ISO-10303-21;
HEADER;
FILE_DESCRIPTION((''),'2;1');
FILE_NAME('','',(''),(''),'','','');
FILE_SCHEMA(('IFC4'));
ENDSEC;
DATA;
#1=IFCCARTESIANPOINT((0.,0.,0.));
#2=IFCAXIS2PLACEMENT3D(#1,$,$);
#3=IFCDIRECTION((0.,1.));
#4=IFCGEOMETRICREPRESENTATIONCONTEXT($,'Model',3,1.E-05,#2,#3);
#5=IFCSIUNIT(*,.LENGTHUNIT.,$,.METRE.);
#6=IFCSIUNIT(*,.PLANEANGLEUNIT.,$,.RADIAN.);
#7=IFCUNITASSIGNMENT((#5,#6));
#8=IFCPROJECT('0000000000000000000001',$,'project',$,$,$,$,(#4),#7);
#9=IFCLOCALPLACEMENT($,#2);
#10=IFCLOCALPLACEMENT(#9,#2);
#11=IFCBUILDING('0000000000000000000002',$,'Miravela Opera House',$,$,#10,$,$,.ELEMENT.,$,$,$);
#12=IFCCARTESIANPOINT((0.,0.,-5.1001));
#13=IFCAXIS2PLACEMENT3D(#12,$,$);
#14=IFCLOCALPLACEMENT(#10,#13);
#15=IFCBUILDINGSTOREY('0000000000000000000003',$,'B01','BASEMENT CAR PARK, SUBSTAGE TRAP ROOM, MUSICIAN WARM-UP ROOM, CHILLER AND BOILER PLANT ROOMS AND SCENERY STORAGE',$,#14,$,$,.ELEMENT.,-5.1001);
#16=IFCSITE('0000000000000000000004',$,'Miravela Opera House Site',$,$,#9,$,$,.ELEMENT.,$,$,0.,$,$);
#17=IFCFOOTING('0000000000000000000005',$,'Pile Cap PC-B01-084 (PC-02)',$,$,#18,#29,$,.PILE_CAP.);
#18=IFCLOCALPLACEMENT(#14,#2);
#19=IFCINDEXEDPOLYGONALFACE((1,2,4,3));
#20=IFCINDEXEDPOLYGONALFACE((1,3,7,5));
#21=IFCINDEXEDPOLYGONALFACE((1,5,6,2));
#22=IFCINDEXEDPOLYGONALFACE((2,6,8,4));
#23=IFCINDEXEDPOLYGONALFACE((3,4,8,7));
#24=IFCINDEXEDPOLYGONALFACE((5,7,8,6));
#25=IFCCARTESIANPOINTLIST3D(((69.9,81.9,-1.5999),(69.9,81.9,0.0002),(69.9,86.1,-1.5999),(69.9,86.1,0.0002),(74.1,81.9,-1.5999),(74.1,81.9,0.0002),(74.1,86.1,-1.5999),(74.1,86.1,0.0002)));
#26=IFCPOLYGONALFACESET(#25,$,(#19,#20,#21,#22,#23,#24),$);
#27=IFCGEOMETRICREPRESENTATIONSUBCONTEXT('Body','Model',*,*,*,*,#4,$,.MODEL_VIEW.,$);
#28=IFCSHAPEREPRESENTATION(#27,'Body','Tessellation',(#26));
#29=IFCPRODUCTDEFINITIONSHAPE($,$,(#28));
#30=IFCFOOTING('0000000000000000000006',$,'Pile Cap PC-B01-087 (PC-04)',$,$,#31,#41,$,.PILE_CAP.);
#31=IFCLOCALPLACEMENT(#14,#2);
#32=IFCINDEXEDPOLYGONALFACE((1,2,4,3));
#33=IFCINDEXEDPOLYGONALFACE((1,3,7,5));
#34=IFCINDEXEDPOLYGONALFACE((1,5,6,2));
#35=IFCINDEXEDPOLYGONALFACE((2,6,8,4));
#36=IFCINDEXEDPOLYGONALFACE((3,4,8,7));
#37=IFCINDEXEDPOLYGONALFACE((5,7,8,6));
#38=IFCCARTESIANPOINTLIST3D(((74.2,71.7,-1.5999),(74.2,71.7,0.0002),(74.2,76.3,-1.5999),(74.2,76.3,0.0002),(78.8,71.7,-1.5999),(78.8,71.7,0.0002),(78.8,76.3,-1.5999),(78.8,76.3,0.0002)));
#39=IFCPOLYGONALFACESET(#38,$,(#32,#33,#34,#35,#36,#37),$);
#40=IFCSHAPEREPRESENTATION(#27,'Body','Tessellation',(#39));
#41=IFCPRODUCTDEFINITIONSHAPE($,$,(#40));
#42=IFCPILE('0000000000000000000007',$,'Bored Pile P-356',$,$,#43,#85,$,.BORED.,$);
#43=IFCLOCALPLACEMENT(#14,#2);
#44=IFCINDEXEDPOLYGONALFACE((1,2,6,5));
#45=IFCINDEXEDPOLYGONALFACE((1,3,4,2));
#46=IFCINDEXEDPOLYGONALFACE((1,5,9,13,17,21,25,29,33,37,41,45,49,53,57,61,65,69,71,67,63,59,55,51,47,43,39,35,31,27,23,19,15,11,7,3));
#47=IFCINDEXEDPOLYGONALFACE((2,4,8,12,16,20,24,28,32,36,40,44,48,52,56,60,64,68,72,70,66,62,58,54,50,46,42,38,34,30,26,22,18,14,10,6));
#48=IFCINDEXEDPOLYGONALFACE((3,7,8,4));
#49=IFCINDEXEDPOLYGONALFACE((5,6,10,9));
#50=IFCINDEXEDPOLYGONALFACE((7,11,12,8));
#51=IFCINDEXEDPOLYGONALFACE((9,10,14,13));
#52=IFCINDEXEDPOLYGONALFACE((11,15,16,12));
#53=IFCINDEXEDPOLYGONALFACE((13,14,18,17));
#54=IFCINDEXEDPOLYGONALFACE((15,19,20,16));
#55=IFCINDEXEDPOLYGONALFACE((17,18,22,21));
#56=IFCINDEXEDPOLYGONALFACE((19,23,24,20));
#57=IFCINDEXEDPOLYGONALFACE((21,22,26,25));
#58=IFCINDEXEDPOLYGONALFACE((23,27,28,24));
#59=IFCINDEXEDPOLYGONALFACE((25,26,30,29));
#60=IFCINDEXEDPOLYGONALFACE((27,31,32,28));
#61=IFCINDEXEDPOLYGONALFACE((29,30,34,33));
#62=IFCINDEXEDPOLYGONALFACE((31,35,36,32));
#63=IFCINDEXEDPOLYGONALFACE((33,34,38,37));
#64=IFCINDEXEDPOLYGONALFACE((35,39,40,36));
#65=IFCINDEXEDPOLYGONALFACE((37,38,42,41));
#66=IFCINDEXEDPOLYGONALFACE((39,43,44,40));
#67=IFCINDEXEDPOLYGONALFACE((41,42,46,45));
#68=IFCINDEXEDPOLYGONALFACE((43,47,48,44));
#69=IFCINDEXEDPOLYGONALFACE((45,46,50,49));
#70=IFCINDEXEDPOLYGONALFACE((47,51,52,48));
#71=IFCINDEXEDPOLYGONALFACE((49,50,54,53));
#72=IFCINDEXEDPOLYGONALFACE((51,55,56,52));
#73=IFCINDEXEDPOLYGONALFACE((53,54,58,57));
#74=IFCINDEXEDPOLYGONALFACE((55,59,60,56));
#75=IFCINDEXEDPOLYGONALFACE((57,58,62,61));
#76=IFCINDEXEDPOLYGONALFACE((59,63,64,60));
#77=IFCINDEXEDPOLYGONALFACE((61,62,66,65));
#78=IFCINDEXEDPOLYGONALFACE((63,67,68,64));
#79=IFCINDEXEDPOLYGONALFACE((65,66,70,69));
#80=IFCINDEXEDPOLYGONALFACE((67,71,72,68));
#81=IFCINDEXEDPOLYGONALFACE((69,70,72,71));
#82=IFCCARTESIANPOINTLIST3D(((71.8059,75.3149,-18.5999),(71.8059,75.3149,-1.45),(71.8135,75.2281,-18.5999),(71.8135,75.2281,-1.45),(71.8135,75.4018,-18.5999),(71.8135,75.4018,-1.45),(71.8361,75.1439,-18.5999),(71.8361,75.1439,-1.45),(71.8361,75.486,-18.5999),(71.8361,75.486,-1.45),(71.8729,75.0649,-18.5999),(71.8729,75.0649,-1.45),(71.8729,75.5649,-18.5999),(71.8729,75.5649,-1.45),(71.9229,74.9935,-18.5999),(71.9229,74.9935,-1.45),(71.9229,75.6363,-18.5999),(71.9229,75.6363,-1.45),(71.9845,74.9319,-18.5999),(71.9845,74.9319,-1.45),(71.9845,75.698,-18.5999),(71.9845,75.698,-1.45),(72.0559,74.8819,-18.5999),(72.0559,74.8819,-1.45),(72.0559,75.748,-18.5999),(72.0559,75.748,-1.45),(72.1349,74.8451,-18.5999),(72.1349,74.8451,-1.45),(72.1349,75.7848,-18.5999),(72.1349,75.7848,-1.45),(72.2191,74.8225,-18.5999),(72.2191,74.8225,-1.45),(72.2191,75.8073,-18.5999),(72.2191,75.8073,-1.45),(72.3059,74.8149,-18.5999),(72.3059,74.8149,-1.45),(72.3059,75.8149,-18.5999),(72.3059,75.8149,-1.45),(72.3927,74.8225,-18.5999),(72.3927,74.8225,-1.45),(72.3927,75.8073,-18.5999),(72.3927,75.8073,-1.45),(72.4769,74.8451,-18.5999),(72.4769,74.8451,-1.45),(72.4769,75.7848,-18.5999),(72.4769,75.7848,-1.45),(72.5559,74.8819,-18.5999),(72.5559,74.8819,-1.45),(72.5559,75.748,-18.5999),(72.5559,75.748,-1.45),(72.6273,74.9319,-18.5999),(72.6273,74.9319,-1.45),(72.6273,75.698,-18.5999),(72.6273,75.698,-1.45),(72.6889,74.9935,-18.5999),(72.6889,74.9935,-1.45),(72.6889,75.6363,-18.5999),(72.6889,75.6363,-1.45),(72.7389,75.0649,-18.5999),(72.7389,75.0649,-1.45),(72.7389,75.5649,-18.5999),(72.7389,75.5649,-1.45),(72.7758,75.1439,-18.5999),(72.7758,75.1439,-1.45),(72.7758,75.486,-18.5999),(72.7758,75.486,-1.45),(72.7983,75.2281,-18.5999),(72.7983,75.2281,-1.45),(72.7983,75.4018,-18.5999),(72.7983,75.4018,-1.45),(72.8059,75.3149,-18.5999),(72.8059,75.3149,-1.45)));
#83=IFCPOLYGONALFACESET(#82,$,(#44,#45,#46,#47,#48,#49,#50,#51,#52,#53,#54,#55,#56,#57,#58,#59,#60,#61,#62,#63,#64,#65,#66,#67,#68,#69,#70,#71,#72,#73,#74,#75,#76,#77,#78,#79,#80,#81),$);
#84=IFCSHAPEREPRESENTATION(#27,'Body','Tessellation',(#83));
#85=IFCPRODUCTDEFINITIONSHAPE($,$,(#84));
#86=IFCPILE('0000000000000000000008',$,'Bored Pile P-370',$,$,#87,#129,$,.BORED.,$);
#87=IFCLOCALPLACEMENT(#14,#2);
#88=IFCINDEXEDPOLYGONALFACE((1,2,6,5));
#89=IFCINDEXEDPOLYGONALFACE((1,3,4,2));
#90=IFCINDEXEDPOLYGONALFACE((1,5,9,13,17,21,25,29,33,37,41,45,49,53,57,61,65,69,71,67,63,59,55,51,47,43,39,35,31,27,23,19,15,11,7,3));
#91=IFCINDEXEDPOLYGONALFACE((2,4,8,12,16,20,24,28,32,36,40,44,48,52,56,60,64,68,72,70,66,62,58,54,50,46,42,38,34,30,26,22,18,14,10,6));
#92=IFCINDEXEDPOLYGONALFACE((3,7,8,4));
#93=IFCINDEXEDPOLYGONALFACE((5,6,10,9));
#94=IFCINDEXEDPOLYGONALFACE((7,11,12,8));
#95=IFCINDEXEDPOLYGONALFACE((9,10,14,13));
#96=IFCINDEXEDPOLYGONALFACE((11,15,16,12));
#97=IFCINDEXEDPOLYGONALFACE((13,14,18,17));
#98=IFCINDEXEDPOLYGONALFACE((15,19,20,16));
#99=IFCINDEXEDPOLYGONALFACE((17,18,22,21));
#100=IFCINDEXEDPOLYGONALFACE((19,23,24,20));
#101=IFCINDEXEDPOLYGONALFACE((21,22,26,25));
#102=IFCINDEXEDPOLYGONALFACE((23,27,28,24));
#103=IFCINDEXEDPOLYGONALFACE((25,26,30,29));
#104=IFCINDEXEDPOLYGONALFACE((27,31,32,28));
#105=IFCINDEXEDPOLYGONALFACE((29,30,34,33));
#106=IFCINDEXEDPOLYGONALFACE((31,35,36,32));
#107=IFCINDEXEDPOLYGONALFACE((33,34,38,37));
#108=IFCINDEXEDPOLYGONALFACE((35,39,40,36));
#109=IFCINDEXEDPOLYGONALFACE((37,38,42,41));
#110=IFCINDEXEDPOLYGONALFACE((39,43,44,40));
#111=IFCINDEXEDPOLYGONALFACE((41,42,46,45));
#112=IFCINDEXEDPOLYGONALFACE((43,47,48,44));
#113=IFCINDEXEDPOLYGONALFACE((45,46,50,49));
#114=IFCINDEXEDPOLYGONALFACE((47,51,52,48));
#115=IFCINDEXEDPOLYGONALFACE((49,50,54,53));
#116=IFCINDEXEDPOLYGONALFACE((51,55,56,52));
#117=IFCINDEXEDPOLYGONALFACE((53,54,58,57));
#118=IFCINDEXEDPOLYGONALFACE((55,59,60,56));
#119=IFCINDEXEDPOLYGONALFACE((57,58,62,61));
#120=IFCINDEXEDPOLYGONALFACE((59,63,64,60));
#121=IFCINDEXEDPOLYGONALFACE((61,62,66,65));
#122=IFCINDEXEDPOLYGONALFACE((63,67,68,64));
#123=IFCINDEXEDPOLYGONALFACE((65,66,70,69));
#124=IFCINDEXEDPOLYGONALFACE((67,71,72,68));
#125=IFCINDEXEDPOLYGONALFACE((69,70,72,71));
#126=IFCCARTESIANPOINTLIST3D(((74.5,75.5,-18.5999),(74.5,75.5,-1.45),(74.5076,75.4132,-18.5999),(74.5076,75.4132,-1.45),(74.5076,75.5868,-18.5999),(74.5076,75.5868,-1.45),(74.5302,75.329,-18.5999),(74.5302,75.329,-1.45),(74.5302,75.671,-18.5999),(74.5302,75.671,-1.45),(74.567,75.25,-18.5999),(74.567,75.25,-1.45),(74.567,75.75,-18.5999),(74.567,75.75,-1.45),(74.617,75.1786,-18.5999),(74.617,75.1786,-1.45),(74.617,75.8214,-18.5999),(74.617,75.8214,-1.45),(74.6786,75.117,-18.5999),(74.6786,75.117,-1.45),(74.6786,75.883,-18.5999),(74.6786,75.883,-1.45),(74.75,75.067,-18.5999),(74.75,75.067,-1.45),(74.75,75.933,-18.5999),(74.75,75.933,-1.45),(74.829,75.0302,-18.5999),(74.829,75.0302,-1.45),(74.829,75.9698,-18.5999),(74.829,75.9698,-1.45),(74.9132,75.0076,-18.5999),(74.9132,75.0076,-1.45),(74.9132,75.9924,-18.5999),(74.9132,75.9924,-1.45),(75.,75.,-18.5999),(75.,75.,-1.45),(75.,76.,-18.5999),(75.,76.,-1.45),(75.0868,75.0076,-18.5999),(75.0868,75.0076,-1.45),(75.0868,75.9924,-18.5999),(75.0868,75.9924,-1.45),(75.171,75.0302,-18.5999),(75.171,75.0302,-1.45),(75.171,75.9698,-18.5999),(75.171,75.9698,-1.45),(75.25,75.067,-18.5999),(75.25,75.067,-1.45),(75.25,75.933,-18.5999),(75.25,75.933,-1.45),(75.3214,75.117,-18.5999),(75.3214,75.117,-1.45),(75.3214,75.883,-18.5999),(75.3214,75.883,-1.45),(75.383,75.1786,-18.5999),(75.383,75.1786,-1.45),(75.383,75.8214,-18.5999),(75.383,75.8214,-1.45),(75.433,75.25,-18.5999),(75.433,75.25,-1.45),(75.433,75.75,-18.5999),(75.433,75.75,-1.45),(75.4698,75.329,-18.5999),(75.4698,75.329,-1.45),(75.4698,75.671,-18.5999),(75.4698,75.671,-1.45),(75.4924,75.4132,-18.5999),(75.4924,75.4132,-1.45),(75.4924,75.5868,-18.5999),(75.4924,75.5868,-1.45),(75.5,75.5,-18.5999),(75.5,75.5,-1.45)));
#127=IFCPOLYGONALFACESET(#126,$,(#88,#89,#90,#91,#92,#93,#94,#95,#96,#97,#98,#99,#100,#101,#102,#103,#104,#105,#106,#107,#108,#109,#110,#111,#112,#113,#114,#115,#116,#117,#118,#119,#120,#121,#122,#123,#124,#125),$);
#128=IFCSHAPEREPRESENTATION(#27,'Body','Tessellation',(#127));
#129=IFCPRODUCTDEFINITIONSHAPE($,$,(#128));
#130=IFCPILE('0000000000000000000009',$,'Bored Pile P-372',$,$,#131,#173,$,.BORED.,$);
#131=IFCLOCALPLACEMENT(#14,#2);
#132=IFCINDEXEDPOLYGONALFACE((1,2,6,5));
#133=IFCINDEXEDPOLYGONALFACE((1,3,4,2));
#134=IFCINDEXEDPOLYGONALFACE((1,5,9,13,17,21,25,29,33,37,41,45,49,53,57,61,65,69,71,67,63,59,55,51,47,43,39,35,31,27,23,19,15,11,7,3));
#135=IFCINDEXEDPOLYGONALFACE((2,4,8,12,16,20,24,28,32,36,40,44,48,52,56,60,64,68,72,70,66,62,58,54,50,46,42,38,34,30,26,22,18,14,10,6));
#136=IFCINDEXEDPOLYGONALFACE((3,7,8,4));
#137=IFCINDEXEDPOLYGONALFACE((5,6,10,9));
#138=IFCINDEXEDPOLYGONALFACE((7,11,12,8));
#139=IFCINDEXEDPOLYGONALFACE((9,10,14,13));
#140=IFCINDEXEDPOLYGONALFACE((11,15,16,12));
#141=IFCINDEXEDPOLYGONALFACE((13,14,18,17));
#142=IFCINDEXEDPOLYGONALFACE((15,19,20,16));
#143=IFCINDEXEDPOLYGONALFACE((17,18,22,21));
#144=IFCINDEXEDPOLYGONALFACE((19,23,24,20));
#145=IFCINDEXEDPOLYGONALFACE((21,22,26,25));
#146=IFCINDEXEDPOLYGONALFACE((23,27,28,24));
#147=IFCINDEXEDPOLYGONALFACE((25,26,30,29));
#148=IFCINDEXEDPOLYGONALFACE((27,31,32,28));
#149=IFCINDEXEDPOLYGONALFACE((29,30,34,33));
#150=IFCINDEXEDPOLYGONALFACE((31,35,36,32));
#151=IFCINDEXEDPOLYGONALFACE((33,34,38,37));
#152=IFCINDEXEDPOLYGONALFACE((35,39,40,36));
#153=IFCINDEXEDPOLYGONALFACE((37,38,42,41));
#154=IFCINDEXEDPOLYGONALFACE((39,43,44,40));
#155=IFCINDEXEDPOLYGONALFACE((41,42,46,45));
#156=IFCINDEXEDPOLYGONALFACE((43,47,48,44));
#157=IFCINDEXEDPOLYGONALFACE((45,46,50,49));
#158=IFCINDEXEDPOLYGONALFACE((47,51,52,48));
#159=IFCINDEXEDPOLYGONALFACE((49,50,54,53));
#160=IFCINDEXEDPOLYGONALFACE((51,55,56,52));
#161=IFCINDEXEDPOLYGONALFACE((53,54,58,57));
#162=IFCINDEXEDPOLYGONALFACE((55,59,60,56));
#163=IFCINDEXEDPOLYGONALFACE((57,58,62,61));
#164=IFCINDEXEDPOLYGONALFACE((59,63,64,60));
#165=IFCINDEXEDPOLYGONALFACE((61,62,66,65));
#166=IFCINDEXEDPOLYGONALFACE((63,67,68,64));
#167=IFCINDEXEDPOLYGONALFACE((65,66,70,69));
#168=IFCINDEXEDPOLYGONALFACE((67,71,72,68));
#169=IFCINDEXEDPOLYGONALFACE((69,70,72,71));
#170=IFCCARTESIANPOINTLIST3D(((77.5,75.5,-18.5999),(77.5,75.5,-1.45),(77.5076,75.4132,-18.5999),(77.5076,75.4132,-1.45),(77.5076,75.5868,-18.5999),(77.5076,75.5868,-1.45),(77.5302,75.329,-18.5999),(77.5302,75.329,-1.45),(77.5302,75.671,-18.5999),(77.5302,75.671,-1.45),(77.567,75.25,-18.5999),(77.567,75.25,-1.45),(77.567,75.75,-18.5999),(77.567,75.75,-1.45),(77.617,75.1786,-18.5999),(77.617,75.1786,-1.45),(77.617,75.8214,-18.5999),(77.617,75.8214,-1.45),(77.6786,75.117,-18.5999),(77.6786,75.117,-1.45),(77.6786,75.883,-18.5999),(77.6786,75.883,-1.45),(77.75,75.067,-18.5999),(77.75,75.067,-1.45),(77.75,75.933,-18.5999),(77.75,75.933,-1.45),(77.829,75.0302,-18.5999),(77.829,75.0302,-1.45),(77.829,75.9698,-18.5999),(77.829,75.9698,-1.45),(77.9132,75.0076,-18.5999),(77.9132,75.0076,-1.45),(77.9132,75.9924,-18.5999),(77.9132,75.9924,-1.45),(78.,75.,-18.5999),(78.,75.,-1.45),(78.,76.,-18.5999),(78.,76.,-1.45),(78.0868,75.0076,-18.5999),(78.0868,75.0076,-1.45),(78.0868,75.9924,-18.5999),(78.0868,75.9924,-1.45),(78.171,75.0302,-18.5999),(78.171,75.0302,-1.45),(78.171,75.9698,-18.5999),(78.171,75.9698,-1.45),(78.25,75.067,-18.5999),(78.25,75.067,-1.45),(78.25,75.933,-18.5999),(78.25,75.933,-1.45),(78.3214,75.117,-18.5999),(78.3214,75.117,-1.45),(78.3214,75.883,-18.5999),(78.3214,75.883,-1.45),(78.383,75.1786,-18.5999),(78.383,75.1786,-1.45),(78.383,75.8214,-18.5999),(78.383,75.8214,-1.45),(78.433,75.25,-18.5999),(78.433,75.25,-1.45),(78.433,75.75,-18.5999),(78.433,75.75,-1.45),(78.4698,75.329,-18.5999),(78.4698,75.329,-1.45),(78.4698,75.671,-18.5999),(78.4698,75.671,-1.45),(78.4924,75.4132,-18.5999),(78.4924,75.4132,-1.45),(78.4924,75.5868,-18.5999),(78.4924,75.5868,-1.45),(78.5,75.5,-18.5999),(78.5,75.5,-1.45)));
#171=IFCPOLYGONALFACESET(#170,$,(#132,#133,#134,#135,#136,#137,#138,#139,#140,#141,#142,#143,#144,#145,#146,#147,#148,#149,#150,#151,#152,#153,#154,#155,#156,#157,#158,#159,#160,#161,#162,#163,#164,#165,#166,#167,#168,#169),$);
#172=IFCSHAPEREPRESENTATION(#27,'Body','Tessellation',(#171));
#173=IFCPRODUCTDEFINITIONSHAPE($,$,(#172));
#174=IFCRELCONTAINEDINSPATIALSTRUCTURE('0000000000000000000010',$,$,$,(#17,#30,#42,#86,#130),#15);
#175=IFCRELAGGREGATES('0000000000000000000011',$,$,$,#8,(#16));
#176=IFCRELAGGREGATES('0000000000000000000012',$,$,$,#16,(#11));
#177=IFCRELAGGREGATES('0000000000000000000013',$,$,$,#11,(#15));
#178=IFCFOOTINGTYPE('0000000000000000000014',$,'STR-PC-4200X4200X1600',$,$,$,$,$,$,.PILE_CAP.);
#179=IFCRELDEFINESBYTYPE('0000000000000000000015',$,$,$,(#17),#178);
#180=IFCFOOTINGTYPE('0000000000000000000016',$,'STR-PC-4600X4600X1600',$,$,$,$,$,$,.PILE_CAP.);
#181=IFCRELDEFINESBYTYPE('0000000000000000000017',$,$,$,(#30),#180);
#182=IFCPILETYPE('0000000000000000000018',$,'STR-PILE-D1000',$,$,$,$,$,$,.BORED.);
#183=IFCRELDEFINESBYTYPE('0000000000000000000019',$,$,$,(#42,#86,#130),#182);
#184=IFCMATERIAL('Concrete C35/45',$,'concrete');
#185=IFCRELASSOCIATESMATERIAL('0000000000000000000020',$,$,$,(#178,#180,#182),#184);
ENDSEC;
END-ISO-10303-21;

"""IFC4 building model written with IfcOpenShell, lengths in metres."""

from ifc_helpers import new_model, si_unit, direction, frame, origin, origin_2d, place, context, subcontext, project, spatial, rectangle, circle, extrude, material, material_profile, profile_set, type_object, element, save


model = new_model("IFC4")

# Units and contexts
model_context = context("Model", 3, precision=1e-05, world=origin(), true_north=direction((0.0, 1.0)))
body_context = subcontext(model_context, "Body", "Model", "MODEL_VIEW")
ifc_project = project(units=[si_unit("LENGTHUNIT", "METRE"), si_unit("PLANEANGLEUNIT", "RADIAN")], contexts=[model_context])

# Site, building, storey
site_placement = place(None, origin())
site = spatial("IfcSite", under=ifc_project, at=site_placement, Name="Miravela Opera House Site", CompositionType="ELEMENT", RefElevation=0.0)
building_placement = place(site_placement, origin())
building = spatial("IfcBuilding", under=site, at=building_placement, Name="Miravela Opera House", CompositionType="ELEMENT")
storey_placement = place(building_placement, frame((0.0, 0.0, -5.1001)))
storey = spatial("IfcBuildingStorey", under=building, at=storey_placement, Name="B01", Description="BASEMENT CAR PARK, SUBSTAGE TRAP ROOM, MUSICIAN WARM-UP ROOM, CHILLER AND BOILER PLANT ROOMS AND SCENERY STORAGE", CompositionType="ELEMENT", Elevation=-5.1001)

# Footings
ifc_material_1 = material(Name="Concrete C35/45", Category="concrete")
footing_type_1 = type_object("IfcFootingType", Name="STR-PC-4200X4200X1600", PredefinedType="PILE_CAP", material=ifc_material_1)
footing_1_placement = place(storey_placement, frame((72.0, 84.0, -1.5999), z_axis=(0.0, 0.0, 1.0), x_axis=(1.0, 0.0, 0.0)))
element("IfcFooting", 1, at=footing_1_placement, inside=storey, type_object=footing_type_1, Name="Pile Cap PC-B01-084 (PC-02)", PredefinedType="PILE_CAP", context=body_context, shape_type="SweptSolid", body=[
    extrude(rectangle(XDim=4.2, YDim=4.2, at=origin_2d()), origin(), (0.0, 0.0, 1.0), 1.6001),
])
footing_type_2 = type_object("IfcFootingType", Name="STR-PC-4600X4600X1600", PredefinedType="PILE_CAP", material=ifc_material_1)
footing_2_placement = place(storey_placement, frame((76.5, 74.0, -1.5999), z_axis=(0.0, 0.0, 1.0), x_axis=(1.0, 0.0, 0.0)))
element("IfcFooting", 2, at=footing_2_placement, inside=storey, type_object=footing_type_2, Name="Pile Cap PC-B01-087 (PC-04)", PredefinedType="PILE_CAP", context=body_context, shape_type="SweptSolid", body=[
    extrude(rectangle(XDim=4.6001, YDim=4.6001, at=origin_2d()), origin(), (0.0, 0.0, 1.0), 1.6001),
])

# Piles
ifc_material_profile_1 = material_profile(ifc_material_1, circle(Radius=0.5, at=origin_2d()), Name="PILE-D1000")
ifc_profile_set_1 = profile_set([ifc_material_profile_1])
pile_type_1 = type_object("IfcPileType", Name="STR-PILE-D1000", PredefinedType="BORED", material=ifc_profile_set_1)
for number, where, z_axis, x_axis, name in (
    (3, (72.3059, 75.3149, -1.45), (0.0, 0.0, -1.0), (1.0, 0.0, 0.0), "Bored Pile P-356"),
    (4, (75.0, 75.5, -1.45), (0.0, 0.0, -1.0), (1.0, 0.0, 0.0), "Bored Pile P-370"),
    (5, (78.0, 75.5, -1.45), (0.0, 0.0, -1.0), (1.0, 0.0, 0.0), "Bored Pile P-372"),
):
    element("IfcPile", number, at=place(storey_placement, frame(where, z_axis=z_axis, x_axis=x_axis)), inside=storey, type_object=pile_type_1, Name=name, PredefinedType="BORED", context=body_context, shape_type="SweptSolid", body=[
        extrude(circle(Radius=0.5, at=origin_2d()), origin(), (0.0, 0.0, 1.0), 17.1499),
    ])

save(model, "model.ifc")
